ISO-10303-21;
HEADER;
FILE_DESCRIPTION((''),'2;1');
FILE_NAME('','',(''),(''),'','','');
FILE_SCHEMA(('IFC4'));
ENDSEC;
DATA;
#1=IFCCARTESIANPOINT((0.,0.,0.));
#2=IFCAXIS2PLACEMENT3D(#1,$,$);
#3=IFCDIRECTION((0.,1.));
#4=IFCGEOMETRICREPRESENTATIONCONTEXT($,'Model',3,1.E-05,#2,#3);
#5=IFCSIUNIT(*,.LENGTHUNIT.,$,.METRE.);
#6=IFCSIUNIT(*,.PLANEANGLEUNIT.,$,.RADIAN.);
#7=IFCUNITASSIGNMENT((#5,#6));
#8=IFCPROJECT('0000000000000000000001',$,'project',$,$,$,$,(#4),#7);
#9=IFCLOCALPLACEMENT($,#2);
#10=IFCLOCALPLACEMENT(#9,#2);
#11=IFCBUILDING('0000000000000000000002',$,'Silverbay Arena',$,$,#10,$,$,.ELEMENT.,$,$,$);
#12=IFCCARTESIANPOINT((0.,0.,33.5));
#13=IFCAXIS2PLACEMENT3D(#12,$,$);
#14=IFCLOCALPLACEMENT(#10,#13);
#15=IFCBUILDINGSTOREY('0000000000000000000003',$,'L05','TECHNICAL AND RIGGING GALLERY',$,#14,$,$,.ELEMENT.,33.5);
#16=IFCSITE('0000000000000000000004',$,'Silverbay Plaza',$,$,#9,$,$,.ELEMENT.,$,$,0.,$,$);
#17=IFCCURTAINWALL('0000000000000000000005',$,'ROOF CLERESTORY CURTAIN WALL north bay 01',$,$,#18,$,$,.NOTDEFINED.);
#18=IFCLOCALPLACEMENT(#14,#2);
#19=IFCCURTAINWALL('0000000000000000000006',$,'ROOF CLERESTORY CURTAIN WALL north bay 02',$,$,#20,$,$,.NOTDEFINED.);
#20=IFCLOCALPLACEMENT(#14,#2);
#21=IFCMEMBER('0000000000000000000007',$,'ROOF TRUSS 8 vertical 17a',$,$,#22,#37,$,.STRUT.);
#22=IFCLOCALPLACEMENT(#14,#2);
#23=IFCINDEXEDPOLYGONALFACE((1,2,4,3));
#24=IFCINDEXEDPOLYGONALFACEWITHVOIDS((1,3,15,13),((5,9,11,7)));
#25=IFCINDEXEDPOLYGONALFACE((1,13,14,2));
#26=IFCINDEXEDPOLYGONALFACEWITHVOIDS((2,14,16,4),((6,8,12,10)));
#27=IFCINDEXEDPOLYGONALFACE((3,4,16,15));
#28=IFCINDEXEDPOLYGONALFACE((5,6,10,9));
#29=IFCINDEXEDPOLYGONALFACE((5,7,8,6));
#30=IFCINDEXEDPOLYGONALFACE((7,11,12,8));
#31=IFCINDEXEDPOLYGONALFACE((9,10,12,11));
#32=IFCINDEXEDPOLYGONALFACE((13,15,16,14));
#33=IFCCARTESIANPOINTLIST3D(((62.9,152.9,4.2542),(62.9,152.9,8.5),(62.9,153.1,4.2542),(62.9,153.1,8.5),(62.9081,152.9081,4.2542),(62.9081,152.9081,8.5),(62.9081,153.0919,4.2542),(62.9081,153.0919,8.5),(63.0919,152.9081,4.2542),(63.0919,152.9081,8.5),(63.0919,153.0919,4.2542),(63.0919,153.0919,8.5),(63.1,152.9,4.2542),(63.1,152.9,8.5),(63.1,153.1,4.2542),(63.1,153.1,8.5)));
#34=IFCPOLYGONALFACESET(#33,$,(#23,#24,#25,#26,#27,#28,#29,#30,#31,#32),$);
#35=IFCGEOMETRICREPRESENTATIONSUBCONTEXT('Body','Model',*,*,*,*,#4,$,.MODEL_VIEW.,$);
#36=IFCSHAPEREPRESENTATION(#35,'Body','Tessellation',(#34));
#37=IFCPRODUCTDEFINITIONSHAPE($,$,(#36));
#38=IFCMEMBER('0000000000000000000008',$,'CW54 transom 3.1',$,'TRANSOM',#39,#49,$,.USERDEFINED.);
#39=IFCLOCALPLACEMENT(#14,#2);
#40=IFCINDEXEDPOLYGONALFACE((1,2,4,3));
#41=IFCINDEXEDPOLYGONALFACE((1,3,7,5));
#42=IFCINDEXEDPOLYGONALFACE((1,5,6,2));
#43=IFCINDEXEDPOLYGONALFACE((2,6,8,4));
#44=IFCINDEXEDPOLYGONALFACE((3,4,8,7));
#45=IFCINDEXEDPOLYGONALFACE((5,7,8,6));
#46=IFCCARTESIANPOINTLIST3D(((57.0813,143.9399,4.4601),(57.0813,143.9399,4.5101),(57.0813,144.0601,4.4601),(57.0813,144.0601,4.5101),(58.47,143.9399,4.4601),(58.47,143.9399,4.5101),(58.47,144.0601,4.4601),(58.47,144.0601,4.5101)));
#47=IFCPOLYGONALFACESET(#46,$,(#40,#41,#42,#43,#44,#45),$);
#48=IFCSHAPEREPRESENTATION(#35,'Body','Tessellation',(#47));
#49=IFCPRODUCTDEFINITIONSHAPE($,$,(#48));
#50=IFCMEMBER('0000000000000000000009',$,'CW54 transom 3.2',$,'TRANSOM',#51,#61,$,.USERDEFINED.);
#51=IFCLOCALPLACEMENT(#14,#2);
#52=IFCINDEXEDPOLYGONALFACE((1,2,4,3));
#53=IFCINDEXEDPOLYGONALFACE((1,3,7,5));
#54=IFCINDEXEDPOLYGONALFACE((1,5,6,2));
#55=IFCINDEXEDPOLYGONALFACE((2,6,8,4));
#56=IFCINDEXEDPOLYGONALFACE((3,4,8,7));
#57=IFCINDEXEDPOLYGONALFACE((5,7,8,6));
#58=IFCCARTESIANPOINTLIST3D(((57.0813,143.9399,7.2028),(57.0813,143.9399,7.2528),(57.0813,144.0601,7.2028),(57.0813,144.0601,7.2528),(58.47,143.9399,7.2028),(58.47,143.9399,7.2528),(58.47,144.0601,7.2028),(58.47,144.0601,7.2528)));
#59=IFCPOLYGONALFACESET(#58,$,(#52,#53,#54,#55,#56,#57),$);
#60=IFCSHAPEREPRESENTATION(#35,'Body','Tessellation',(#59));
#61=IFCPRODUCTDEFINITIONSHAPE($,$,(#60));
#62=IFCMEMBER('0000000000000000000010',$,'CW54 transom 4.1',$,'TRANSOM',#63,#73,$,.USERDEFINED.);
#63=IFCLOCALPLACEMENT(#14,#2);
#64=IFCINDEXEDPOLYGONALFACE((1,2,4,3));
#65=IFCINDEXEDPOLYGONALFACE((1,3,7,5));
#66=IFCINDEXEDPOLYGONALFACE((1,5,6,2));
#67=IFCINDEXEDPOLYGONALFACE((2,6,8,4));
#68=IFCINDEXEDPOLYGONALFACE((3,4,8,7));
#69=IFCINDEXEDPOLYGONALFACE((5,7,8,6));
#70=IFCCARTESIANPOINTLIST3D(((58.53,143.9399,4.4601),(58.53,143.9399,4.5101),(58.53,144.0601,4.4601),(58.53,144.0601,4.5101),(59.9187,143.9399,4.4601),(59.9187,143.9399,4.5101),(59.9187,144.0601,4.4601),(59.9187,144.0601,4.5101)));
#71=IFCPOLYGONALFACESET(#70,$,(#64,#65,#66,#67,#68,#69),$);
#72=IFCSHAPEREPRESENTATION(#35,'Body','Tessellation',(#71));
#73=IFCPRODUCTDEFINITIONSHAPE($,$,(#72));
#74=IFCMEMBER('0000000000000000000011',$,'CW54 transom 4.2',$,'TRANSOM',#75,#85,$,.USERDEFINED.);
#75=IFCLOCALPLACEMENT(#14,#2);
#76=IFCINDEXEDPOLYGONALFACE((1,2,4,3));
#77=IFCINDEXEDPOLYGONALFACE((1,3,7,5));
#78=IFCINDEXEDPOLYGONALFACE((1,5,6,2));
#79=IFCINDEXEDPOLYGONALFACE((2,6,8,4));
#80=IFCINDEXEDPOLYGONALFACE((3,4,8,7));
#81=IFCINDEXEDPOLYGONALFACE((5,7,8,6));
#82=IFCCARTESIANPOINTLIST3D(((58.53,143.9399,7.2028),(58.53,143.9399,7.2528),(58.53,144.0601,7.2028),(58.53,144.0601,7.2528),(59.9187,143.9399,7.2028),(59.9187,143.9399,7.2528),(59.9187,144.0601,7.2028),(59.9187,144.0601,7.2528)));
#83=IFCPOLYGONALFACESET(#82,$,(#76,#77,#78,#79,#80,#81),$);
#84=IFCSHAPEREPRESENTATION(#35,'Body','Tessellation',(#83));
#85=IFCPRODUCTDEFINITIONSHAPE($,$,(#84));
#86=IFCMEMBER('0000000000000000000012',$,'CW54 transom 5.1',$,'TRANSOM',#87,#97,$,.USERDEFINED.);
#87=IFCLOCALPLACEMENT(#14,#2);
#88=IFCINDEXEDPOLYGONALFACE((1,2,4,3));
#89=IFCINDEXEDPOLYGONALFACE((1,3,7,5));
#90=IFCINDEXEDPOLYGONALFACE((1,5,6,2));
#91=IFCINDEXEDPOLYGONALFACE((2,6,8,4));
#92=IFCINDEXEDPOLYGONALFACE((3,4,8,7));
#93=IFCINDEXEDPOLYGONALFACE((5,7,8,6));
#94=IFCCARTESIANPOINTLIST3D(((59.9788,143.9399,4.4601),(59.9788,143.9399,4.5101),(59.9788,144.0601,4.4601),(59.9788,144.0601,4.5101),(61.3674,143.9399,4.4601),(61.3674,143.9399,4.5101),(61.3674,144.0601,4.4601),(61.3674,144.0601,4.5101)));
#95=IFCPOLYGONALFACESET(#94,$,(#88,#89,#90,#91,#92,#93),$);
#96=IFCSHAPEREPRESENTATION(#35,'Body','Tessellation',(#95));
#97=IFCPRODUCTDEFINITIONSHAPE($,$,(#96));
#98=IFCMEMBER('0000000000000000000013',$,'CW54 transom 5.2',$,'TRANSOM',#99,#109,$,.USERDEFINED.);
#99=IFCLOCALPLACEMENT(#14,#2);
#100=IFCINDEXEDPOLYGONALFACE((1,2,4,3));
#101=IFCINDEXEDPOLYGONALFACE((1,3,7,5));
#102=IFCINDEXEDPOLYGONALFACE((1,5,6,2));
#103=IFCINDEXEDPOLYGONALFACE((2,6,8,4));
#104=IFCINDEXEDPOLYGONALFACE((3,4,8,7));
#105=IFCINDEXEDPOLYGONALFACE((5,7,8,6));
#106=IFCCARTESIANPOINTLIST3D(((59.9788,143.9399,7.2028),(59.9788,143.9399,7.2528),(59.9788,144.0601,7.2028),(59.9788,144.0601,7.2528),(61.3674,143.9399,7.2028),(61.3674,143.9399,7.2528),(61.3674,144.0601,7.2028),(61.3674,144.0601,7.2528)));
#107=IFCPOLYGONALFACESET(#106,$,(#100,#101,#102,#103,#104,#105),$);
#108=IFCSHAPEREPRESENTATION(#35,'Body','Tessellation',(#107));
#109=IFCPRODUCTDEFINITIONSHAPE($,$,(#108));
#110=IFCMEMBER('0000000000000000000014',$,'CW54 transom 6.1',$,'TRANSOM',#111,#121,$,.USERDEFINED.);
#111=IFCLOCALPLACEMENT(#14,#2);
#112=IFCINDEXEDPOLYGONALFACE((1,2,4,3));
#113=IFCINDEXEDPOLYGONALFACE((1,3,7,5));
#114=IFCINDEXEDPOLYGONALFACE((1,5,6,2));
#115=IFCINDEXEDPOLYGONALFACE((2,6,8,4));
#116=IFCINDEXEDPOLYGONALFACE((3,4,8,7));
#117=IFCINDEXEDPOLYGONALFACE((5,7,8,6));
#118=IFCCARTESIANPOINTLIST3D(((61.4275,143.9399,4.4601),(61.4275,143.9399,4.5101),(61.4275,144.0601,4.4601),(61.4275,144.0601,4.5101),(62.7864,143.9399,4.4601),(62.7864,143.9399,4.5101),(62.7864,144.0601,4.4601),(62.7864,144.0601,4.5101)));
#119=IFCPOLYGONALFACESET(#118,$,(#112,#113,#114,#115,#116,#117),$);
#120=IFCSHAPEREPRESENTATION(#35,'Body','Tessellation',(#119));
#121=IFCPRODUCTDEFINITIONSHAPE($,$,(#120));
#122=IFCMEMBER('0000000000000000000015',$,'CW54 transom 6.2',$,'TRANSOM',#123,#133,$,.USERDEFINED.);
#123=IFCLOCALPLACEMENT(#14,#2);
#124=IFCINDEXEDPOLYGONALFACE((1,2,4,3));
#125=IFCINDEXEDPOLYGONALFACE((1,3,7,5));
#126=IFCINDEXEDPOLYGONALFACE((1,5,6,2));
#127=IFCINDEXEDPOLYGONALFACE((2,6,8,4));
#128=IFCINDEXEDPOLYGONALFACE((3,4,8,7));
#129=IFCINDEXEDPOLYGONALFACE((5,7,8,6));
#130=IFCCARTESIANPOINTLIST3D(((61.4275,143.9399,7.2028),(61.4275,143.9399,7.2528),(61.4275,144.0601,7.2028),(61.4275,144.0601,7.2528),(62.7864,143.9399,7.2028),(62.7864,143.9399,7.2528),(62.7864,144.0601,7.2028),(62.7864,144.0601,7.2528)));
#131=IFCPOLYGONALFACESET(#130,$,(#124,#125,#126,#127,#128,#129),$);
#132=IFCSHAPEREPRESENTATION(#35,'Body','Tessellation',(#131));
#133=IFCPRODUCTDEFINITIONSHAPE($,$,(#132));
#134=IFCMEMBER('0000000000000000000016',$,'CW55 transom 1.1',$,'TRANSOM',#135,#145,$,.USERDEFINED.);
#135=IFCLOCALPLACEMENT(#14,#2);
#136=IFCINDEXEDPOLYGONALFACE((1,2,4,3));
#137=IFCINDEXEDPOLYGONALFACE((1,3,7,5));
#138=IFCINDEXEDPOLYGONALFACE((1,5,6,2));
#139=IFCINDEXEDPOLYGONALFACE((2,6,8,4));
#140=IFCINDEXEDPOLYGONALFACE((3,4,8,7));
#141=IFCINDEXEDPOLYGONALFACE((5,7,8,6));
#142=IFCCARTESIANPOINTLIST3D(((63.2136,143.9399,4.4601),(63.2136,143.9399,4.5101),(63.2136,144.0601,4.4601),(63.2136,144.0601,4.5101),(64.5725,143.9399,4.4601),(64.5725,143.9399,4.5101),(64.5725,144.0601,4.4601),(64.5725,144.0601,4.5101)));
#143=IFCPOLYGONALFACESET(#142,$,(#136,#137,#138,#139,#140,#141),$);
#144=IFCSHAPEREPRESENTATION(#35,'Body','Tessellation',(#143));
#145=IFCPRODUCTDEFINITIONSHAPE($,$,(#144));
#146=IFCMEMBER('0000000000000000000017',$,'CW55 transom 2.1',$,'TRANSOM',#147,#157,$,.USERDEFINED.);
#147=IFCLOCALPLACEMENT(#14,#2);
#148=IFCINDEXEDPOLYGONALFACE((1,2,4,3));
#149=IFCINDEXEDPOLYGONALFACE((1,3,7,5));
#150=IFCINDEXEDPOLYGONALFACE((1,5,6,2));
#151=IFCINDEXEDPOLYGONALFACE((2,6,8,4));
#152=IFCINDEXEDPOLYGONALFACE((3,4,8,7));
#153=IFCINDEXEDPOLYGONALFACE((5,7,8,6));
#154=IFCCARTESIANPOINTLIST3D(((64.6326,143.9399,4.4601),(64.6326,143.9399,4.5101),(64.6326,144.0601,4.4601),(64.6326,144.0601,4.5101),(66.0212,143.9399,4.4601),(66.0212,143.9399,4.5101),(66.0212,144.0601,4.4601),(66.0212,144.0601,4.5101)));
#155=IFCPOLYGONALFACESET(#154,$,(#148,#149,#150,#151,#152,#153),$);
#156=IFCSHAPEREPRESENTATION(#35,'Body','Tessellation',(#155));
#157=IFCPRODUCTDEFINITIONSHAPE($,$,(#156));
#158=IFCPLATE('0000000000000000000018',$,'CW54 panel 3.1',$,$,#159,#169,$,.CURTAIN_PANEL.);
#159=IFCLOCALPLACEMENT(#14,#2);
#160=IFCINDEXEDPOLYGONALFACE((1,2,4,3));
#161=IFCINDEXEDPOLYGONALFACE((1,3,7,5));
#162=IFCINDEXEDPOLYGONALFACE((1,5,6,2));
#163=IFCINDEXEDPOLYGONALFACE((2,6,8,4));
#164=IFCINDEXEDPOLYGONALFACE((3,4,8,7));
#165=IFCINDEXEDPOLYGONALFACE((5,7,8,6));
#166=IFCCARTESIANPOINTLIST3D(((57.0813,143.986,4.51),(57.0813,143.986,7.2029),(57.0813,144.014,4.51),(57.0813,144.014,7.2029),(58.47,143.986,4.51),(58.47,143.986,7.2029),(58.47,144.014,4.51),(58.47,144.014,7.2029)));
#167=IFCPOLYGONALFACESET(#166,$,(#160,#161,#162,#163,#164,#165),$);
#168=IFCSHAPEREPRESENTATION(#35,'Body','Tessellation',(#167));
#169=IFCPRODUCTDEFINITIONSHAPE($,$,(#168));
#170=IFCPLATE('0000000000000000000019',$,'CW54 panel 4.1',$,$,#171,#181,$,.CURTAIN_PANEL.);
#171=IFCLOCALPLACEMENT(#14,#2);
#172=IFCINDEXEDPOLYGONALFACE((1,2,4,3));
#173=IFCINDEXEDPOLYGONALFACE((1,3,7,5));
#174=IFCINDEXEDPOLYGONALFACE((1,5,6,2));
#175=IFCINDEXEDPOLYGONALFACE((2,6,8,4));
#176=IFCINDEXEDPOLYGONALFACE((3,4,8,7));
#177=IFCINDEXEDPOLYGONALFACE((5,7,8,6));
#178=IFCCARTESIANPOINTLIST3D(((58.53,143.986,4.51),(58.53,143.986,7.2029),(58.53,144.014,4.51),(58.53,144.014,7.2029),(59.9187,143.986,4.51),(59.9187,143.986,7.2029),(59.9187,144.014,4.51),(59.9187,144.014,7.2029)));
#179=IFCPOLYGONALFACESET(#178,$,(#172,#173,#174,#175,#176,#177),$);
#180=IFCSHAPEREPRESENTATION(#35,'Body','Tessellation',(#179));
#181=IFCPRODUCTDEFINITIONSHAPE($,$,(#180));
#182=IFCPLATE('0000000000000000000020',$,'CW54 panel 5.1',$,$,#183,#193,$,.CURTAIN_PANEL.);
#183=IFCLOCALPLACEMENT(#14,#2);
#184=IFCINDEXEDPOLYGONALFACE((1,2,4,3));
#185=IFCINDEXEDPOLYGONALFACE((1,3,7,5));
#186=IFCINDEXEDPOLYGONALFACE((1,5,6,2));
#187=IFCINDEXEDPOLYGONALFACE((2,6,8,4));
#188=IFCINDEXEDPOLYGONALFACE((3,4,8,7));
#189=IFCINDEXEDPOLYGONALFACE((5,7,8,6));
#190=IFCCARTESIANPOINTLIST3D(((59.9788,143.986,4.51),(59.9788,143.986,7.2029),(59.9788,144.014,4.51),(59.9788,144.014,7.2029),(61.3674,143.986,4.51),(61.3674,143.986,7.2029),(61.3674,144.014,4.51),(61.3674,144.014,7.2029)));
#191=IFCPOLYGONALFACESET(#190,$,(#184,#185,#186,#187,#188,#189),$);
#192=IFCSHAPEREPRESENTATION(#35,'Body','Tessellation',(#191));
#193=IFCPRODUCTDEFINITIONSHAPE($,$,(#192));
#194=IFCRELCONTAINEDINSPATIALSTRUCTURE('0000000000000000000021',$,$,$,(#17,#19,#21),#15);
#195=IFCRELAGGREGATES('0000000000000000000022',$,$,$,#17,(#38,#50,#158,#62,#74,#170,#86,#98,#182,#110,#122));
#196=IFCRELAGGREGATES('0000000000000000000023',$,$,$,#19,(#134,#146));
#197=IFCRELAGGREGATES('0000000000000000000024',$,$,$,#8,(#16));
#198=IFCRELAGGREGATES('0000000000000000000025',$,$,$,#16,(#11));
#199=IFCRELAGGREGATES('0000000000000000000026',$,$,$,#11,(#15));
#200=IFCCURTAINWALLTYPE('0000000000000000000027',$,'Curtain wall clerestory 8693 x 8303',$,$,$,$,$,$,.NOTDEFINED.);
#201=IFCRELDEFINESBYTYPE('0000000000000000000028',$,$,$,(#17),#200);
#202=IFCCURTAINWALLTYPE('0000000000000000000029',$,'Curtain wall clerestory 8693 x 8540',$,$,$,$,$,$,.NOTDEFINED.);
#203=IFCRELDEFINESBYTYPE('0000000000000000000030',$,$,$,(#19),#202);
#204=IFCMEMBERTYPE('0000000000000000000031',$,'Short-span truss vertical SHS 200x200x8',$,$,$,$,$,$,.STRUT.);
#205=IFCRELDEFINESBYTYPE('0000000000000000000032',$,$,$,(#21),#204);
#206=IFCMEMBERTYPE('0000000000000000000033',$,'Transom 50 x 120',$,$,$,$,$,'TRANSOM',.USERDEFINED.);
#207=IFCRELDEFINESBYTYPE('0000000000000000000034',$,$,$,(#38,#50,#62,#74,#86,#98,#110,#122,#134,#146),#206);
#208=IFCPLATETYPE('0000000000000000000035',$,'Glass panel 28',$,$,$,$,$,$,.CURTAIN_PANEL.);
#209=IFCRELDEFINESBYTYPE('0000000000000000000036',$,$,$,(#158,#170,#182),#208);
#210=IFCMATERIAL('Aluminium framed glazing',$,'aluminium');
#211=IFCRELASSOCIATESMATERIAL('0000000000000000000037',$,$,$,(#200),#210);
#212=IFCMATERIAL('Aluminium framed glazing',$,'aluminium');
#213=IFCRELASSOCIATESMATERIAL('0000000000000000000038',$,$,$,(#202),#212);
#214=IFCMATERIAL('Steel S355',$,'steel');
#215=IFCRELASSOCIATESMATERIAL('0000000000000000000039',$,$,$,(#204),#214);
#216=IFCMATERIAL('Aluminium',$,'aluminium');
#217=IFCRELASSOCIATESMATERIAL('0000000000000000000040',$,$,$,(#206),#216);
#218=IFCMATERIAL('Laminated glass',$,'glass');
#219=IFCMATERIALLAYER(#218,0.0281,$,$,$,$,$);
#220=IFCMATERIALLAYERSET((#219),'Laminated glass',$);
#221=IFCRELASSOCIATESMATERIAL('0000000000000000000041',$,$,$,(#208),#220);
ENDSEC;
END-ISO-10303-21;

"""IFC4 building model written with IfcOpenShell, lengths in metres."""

from ifc_helpers import new_model, si_unit, direction, frame, origin, origin_2d, place, context, subcontext, project, spatial, rectangle, hollow_rectangle, extrude, material, layer, layer_set, material_profile, profile_set, type_object, element, aggregate, save


model = new_model("IFC4")

# Units and contexts
model_context = context("Model", 3, precision=1e-05, world=origin(), true_north=direction((0.0, 1.0)))
body_context = subcontext(model_context, "Body", "Model", "MODEL_VIEW")
ifc_project = project(units=[si_unit("LENGTHUNIT", "METRE"), si_unit("PLANEANGLEUNIT", "RADIAN")], contexts=[model_context])

# Site, building, storey
site_placement = place(None, origin())
site = spatial("IfcSite", under=ifc_project, at=site_placement, Name="Silverbay Plaza", CompositionType="ELEMENT", RefElevation=0.0)
building_placement = place(site_placement, origin())
building = spatial("IfcBuilding", under=site, at=building_placement, Name="Silverbay Arena", CompositionType="ELEMENT")
storey_placement = place(building_placement, frame((0.0, 0.0, 33.5)))
storey = spatial("IfcBuildingStorey", under=building, at=storey_placement, Name="L05", Description="TECHNICAL AND RIGGING GALLERY", CompositionType="ELEMENT", Elevation=33.5)

# Curtain walls
ifc_material_1 = material(Name="Aluminium framed glazing", Category="aluminium")
curtain_wall_type_1 = type_object("IfcCurtainWallType", Name="Curtain wall clerestory 8693 x 8303", PredefinedType="NOTDEFINED", material=ifc_material_1)
curtain_wall_1_placement = place(storey_placement, origin())
curtain_wall_1 = element("IfcCurtainWall", 1, at=curtain_wall_1_placement, inside=storey, type_object=curtain_wall_type_1, Name="ROOF CLERESTORY CURTAIN WALL north bay 01", PredefinedType="NOTDEFINED")
ifc_material_2 = material(Name="Aluminium framed glazing", Category="aluminium")
curtain_wall_type_2 = type_object("IfcCurtainWallType", Name="Curtain wall clerestory 8693 x 8540", PredefinedType="NOTDEFINED", material=ifc_material_2)
curtain_wall_2_placement = place(storey_placement, origin())
curtain_wall_2 = element("IfcCurtainWall", 2, at=curtain_wall_2_placement, inside=storey, type_object=curtain_wall_type_2, Name="ROOF CLERESTORY CURTAIN WALL north bay 02", PredefinedType="NOTDEFINED")

# Member
ifc_material_3 = material(Name="Steel S355", Category="steel")
ifc_material_profile_1 = material_profile(ifc_material_3, hollow_rectangle(XDim=0.2, YDim=0.2, WallThickness=0.0081, at=origin_2d()), Name="SHS 200x200x8")
ifc_profile_set_1 = profile_set([ifc_material_profile_1], Name="Steel S355")
member_type_1 = type_object("IfcMemberType", Name="Short-span truss vertical SHS 200x200x8", PredefinedType="STRUT", material=ifc_profile_set_1)
for number, where, z_axis, x_axis, name in (
    (3, (63.0, 153.0, 4.2542), (0.0, 0.0, 1.0), (1.0, 0.0, 0.0), "ROOF TRUSS 8 vertical 17a"),
):
    element("IfcMember", number, at=place(storey_placement, frame(where, z_axis=z_axis, x_axis=x_axis)), inside=storey, type_object=member_type_1, Name=name, PredefinedType="STRUT", context=body_context, shape_type="SweptSolid", body=[
        extrude(hollow_rectangle(XDim=0.2, YDim=0.2, WallThickness=0.0081, at=origin_2d()), origin(), (0.0, 0.0, 1.0), 4.2458),
    ])

# Members
ifc_material_4 = material(Name="Aluminium", Category="aluminium")
ifc_material_profile_2 = material_profile(ifc_material_4, rectangle(XDim=0.1201, YDim=0.05, at=origin_2d()), Name="Transom 50 x 120")
ifc_profile_set_2 = profile_set([ifc_material_profile_2], Name="Aluminium")
member_type_2 = type_object("IfcMemberType", Name="Transom 50 x 120", ElementType="TRANSOM", PredefinedType="USERDEFINED", material=ifc_profile_set_2)
member_1_placement = place(storey_placement, frame((57.0813, 144.0, 4.4851), z_axis=(1.0, 0.0, 0.0), x_axis=(0.0, 1.0, 0.0)))
member_1 = element("IfcMember", 4, at=member_1_placement, type_object=member_type_2, Name="CW54 transom 3.1", ObjectType="TRANSOM", PredefinedType="USERDEFINED", context=body_context, shape_type="SweptSolid", body=[
    extrude(rectangle(XDim=0.1201, YDim=0.05, at=origin_2d()), origin(), (0.0, 0.0, 1.0), 1.3887),
])
member_2_placement = place(storey_placement, frame((57.0813, 144.0, 7.2278), z_axis=(1.0, 0.0, 0.0), x_axis=(0.0, 1.0, 0.0)))
member_2 = element("IfcMember", 5, at=member_2_placement, type_object=member_type_2, Name="CW54 transom 3.2", ObjectType="TRANSOM", PredefinedType="USERDEFINED", context=body_context, shape_type="SweptSolid", body=[
    extrude(rectangle(XDim=0.1201, YDim=0.05, at=origin_2d()), origin(), (0.0, 0.0, 1.0), 1.3887),
])
member_3_placement = place(storey_placement, frame((58.53, 144.0, 4.4851), z_axis=(1.0, 0.0, 0.0), x_axis=(0.0, 1.0, 0.0)))
member_3 = element("IfcMember", 6, at=member_3_placement, type_object=member_type_2, Name="CW54 transom 4.1", ObjectType="TRANSOM", PredefinedType="USERDEFINED", context=body_context, shape_type="SweptSolid", body=[
    extrude(rectangle(XDim=0.1201, YDim=0.05, at=origin_2d()), origin(), (0.0, 0.0, 1.0), 1.3887),
])
member_4_placement = place(storey_placement, frame((58.53, 144.0, 7.2278), z_axis=(1.0, 0.0, 0.0), x_axis=(0.0, 1.0, 0.0)))
member_4 = element("IfcMember", 7, at=member_4_placement, type_object=member_type_2, Name="CW54 transom 4.2", ObjectType="TRANSOM", PredefinedType="USERDEFINED", context=body_context, shape_type="SweptSolid", body=[
    extrude(rectangle(XDim=0.1201, YDim=0.05, at=origin_2d()), origin(), (0.0, 0.0, 1.0), 1.3887),
])
member_5_placement = place(storey_placement, frame((59.9788, 144.0, 4.4851), z_axis=(1.0, 0.0, 0.0), x_axis=(0.0, 1.0, 0.0)))
member_5 = element("IfcMember", 8, at=member_5_placement, type_object=member_type_2, Name="CW54 transom 5.1", ObjectType="TRANSOM", PredefinedType="USERDEFINED", context=body_context, shape_type="SweptSolid", body=[
    extrude(rectangle(XDim=0.1201, YDim=0.05, at=origin_2d()), origin(), (0.0, 0.0, 1.0), 1.3887),
])
member_6_placement = place(storey_placement, frame((59.9788, 144.0, 7.2278), z_axis=(1.0, 0.0, 0.0), x_axis=(0.0, 1.0, 0.0)))
member_6 = element("IfcMember", 9, at=member_6_placement, type_object=member_type_2, Name="CW54 transom 5.2", ObjectType="TRANSOM", PredefinedType="USERDEFINED", context=body_context, shape_type="SweptSolid", body=[
    extrude(rectangle(XDim=0.1201, YDim=0.05, at=origin_2d()), origin(), (0.0, 0.0, 1.0), 1.3887),
])
member_7_placement = place(storey_placement, frame((61.4275, 144.0, 4.4851), z_axis=(1.0, 0.0, 0.0), x_axis=(0.0, 1.0, 0.0)))
member_7 = element("IfcMember", 10, at=member_7_placement, type_object=member_type_2, Name="CW54 transom 6.1", ObjectType="TRANSOM", PredefinedType="USERDEFINED", context=body_context, shape_type="SweptSolid", body=[
    extrude(rectangle(XDim=0.1201, YDim=0.05, at=origin_2d()), origin(), (0.0, 0.0, 1.0), 1.3589),
])
member_8_placement = place(storey_placement, frame((61.4275, 144.0, 7.2278), z_axis=(1.0, 0.0, 0.0), x_axis=(0.0, 1.0, 0.0)))
member_8 = element("IfcMember", 11, at=member_8_placement, type_object=member_type_2, Name="CW54 transom 6.2", ObjectType="TRANSOM", PredefinedType="USERDEFINED", context=body_context, shape_type="SweptSolid", body=[
    extrude(rectangle(XDim=0.1201, YDim=0.05, at=origin_2d()), origin(), (0.0, 0.0, 1.0), 1.3589),
])
member_9_placement = place(storey_placement, frame((63.2136, 144.0, 4.4851), z_axis=(1.0, 0.0, 0.0), x_axis=(0.0, 1.0, 0.0)))
member_9 = element("IfcMember", 12, at=member_9_placement, type_object=member_type_2, Name="CW55 transom 1.1", ObjectType="TRANSOM", PredefinedType="USERDEFINED", context=body_context, shape_type="SweptSolid", body=[
    extrude(rectangle(XDim=0.1201, YDim=0.05, at=origin_2d()), origin(), (0.0, 0.0, 1.0), 1.3589),
])
member_10_placement = place(storey_placement, frame((64.6326, 144.0, 4.4851), z_axis=(1.0, 0.0, 0.0), x_axis=(0.0, 1.0, 0.0)))
member_10 = element("IfcMember", 13, at=member_10_placement, type_object=member_type_2, Name="CW55 transom 2.1", ObjectType="TRANSOM", PredefinedType="USERDEFINED", context=body_context, shape_type="SweptSolid", body=[
    extrude(rectangle(XDim=0.1201, YDim=0.05, at=origin_2d()), origin(), (0.0, 0.0, 1.0), 1.3887),
])

# Plates
ifc_material_5 = material(Name="Laminated glass", Category="glass")
ifc_layer = layer(ifc_material_5, 0.0281)
ifc_layer_set = layer_set([ifc_layer], Name="Laminated glass")
plate_type = type_object("IfcPlateType", Name="Glass panel 28", PredefinedType="CURTAIN_PANEL", material=ifc_layer_set)
plate_1_placement = place(storey_placement, frame((57.7756, 144.0, 4.51), z_axis=(0.0, 0.0, 1.0), x_axis=(1.0, 0.0, 0.0)))
plate_1 = element("IfcPlate", 14, at=plate_1_placement, type_object=plate_type, Name="CW54 panel 3.1", PredefinedType="CURTAIN_PANEL", context=body_context, shape_type="SweptSolid", body=[
    extrude(rectangle(XDim=1.3887, YDim=0.0281, at=origin_2d()), origin(), (0.0, 0.0, 1.0), 2.6929),
])
plate_2_placement = place(storey_placement, frame((59.2244, 144.0, 4.51), z_axis=(0.0, 0.0, 1.0), x_axis=(1.0, 0.0, 0.0)))
plate_2 = element("IfcPlate", 15, at=plate_2_placement, type_object=plate_type, Name="CW54 panel 4.1", PredefinedType="CURTAIN_PANEL", context=body_context, shape_type="SweptSolid", body=[
    extrude(rectangle(XDim=1.3887, YDim=0.0281, at=origin_2d()), origin(), (0.0, 0.0, 1.0), 2.6929),
])
plate_3_placement = place(storey_placement, frame((60.6731, 144.0, 4.51), z_axis=(0.0, 0.0, 1.0), x_axis=(1.0, 0.0, 0.0)))
plate_3 = element("IfcPlate", 16, at=plate_3_placement, type_object=plate_type, Name="CW54 panel 5.1", PredefinedType="CURTAIN_PANEL", context=body_context, shape_type="SweptSolid", body=[
    extrude(rectangle(XDim=1.3887, YDim=0.0281, at=origin_2d()), origin(), (0.0, 0.0, 1.0), 2.6929),
])
aggregate(curtain_wall_1, [member_1, member_2, plate_1, member_3, member_4, plate_2, member_5, member_6, plate_3, member_7, member_8])
aggregate(curtain_wall_2, [member_9, member_10])

save(model, "model.ifc")
